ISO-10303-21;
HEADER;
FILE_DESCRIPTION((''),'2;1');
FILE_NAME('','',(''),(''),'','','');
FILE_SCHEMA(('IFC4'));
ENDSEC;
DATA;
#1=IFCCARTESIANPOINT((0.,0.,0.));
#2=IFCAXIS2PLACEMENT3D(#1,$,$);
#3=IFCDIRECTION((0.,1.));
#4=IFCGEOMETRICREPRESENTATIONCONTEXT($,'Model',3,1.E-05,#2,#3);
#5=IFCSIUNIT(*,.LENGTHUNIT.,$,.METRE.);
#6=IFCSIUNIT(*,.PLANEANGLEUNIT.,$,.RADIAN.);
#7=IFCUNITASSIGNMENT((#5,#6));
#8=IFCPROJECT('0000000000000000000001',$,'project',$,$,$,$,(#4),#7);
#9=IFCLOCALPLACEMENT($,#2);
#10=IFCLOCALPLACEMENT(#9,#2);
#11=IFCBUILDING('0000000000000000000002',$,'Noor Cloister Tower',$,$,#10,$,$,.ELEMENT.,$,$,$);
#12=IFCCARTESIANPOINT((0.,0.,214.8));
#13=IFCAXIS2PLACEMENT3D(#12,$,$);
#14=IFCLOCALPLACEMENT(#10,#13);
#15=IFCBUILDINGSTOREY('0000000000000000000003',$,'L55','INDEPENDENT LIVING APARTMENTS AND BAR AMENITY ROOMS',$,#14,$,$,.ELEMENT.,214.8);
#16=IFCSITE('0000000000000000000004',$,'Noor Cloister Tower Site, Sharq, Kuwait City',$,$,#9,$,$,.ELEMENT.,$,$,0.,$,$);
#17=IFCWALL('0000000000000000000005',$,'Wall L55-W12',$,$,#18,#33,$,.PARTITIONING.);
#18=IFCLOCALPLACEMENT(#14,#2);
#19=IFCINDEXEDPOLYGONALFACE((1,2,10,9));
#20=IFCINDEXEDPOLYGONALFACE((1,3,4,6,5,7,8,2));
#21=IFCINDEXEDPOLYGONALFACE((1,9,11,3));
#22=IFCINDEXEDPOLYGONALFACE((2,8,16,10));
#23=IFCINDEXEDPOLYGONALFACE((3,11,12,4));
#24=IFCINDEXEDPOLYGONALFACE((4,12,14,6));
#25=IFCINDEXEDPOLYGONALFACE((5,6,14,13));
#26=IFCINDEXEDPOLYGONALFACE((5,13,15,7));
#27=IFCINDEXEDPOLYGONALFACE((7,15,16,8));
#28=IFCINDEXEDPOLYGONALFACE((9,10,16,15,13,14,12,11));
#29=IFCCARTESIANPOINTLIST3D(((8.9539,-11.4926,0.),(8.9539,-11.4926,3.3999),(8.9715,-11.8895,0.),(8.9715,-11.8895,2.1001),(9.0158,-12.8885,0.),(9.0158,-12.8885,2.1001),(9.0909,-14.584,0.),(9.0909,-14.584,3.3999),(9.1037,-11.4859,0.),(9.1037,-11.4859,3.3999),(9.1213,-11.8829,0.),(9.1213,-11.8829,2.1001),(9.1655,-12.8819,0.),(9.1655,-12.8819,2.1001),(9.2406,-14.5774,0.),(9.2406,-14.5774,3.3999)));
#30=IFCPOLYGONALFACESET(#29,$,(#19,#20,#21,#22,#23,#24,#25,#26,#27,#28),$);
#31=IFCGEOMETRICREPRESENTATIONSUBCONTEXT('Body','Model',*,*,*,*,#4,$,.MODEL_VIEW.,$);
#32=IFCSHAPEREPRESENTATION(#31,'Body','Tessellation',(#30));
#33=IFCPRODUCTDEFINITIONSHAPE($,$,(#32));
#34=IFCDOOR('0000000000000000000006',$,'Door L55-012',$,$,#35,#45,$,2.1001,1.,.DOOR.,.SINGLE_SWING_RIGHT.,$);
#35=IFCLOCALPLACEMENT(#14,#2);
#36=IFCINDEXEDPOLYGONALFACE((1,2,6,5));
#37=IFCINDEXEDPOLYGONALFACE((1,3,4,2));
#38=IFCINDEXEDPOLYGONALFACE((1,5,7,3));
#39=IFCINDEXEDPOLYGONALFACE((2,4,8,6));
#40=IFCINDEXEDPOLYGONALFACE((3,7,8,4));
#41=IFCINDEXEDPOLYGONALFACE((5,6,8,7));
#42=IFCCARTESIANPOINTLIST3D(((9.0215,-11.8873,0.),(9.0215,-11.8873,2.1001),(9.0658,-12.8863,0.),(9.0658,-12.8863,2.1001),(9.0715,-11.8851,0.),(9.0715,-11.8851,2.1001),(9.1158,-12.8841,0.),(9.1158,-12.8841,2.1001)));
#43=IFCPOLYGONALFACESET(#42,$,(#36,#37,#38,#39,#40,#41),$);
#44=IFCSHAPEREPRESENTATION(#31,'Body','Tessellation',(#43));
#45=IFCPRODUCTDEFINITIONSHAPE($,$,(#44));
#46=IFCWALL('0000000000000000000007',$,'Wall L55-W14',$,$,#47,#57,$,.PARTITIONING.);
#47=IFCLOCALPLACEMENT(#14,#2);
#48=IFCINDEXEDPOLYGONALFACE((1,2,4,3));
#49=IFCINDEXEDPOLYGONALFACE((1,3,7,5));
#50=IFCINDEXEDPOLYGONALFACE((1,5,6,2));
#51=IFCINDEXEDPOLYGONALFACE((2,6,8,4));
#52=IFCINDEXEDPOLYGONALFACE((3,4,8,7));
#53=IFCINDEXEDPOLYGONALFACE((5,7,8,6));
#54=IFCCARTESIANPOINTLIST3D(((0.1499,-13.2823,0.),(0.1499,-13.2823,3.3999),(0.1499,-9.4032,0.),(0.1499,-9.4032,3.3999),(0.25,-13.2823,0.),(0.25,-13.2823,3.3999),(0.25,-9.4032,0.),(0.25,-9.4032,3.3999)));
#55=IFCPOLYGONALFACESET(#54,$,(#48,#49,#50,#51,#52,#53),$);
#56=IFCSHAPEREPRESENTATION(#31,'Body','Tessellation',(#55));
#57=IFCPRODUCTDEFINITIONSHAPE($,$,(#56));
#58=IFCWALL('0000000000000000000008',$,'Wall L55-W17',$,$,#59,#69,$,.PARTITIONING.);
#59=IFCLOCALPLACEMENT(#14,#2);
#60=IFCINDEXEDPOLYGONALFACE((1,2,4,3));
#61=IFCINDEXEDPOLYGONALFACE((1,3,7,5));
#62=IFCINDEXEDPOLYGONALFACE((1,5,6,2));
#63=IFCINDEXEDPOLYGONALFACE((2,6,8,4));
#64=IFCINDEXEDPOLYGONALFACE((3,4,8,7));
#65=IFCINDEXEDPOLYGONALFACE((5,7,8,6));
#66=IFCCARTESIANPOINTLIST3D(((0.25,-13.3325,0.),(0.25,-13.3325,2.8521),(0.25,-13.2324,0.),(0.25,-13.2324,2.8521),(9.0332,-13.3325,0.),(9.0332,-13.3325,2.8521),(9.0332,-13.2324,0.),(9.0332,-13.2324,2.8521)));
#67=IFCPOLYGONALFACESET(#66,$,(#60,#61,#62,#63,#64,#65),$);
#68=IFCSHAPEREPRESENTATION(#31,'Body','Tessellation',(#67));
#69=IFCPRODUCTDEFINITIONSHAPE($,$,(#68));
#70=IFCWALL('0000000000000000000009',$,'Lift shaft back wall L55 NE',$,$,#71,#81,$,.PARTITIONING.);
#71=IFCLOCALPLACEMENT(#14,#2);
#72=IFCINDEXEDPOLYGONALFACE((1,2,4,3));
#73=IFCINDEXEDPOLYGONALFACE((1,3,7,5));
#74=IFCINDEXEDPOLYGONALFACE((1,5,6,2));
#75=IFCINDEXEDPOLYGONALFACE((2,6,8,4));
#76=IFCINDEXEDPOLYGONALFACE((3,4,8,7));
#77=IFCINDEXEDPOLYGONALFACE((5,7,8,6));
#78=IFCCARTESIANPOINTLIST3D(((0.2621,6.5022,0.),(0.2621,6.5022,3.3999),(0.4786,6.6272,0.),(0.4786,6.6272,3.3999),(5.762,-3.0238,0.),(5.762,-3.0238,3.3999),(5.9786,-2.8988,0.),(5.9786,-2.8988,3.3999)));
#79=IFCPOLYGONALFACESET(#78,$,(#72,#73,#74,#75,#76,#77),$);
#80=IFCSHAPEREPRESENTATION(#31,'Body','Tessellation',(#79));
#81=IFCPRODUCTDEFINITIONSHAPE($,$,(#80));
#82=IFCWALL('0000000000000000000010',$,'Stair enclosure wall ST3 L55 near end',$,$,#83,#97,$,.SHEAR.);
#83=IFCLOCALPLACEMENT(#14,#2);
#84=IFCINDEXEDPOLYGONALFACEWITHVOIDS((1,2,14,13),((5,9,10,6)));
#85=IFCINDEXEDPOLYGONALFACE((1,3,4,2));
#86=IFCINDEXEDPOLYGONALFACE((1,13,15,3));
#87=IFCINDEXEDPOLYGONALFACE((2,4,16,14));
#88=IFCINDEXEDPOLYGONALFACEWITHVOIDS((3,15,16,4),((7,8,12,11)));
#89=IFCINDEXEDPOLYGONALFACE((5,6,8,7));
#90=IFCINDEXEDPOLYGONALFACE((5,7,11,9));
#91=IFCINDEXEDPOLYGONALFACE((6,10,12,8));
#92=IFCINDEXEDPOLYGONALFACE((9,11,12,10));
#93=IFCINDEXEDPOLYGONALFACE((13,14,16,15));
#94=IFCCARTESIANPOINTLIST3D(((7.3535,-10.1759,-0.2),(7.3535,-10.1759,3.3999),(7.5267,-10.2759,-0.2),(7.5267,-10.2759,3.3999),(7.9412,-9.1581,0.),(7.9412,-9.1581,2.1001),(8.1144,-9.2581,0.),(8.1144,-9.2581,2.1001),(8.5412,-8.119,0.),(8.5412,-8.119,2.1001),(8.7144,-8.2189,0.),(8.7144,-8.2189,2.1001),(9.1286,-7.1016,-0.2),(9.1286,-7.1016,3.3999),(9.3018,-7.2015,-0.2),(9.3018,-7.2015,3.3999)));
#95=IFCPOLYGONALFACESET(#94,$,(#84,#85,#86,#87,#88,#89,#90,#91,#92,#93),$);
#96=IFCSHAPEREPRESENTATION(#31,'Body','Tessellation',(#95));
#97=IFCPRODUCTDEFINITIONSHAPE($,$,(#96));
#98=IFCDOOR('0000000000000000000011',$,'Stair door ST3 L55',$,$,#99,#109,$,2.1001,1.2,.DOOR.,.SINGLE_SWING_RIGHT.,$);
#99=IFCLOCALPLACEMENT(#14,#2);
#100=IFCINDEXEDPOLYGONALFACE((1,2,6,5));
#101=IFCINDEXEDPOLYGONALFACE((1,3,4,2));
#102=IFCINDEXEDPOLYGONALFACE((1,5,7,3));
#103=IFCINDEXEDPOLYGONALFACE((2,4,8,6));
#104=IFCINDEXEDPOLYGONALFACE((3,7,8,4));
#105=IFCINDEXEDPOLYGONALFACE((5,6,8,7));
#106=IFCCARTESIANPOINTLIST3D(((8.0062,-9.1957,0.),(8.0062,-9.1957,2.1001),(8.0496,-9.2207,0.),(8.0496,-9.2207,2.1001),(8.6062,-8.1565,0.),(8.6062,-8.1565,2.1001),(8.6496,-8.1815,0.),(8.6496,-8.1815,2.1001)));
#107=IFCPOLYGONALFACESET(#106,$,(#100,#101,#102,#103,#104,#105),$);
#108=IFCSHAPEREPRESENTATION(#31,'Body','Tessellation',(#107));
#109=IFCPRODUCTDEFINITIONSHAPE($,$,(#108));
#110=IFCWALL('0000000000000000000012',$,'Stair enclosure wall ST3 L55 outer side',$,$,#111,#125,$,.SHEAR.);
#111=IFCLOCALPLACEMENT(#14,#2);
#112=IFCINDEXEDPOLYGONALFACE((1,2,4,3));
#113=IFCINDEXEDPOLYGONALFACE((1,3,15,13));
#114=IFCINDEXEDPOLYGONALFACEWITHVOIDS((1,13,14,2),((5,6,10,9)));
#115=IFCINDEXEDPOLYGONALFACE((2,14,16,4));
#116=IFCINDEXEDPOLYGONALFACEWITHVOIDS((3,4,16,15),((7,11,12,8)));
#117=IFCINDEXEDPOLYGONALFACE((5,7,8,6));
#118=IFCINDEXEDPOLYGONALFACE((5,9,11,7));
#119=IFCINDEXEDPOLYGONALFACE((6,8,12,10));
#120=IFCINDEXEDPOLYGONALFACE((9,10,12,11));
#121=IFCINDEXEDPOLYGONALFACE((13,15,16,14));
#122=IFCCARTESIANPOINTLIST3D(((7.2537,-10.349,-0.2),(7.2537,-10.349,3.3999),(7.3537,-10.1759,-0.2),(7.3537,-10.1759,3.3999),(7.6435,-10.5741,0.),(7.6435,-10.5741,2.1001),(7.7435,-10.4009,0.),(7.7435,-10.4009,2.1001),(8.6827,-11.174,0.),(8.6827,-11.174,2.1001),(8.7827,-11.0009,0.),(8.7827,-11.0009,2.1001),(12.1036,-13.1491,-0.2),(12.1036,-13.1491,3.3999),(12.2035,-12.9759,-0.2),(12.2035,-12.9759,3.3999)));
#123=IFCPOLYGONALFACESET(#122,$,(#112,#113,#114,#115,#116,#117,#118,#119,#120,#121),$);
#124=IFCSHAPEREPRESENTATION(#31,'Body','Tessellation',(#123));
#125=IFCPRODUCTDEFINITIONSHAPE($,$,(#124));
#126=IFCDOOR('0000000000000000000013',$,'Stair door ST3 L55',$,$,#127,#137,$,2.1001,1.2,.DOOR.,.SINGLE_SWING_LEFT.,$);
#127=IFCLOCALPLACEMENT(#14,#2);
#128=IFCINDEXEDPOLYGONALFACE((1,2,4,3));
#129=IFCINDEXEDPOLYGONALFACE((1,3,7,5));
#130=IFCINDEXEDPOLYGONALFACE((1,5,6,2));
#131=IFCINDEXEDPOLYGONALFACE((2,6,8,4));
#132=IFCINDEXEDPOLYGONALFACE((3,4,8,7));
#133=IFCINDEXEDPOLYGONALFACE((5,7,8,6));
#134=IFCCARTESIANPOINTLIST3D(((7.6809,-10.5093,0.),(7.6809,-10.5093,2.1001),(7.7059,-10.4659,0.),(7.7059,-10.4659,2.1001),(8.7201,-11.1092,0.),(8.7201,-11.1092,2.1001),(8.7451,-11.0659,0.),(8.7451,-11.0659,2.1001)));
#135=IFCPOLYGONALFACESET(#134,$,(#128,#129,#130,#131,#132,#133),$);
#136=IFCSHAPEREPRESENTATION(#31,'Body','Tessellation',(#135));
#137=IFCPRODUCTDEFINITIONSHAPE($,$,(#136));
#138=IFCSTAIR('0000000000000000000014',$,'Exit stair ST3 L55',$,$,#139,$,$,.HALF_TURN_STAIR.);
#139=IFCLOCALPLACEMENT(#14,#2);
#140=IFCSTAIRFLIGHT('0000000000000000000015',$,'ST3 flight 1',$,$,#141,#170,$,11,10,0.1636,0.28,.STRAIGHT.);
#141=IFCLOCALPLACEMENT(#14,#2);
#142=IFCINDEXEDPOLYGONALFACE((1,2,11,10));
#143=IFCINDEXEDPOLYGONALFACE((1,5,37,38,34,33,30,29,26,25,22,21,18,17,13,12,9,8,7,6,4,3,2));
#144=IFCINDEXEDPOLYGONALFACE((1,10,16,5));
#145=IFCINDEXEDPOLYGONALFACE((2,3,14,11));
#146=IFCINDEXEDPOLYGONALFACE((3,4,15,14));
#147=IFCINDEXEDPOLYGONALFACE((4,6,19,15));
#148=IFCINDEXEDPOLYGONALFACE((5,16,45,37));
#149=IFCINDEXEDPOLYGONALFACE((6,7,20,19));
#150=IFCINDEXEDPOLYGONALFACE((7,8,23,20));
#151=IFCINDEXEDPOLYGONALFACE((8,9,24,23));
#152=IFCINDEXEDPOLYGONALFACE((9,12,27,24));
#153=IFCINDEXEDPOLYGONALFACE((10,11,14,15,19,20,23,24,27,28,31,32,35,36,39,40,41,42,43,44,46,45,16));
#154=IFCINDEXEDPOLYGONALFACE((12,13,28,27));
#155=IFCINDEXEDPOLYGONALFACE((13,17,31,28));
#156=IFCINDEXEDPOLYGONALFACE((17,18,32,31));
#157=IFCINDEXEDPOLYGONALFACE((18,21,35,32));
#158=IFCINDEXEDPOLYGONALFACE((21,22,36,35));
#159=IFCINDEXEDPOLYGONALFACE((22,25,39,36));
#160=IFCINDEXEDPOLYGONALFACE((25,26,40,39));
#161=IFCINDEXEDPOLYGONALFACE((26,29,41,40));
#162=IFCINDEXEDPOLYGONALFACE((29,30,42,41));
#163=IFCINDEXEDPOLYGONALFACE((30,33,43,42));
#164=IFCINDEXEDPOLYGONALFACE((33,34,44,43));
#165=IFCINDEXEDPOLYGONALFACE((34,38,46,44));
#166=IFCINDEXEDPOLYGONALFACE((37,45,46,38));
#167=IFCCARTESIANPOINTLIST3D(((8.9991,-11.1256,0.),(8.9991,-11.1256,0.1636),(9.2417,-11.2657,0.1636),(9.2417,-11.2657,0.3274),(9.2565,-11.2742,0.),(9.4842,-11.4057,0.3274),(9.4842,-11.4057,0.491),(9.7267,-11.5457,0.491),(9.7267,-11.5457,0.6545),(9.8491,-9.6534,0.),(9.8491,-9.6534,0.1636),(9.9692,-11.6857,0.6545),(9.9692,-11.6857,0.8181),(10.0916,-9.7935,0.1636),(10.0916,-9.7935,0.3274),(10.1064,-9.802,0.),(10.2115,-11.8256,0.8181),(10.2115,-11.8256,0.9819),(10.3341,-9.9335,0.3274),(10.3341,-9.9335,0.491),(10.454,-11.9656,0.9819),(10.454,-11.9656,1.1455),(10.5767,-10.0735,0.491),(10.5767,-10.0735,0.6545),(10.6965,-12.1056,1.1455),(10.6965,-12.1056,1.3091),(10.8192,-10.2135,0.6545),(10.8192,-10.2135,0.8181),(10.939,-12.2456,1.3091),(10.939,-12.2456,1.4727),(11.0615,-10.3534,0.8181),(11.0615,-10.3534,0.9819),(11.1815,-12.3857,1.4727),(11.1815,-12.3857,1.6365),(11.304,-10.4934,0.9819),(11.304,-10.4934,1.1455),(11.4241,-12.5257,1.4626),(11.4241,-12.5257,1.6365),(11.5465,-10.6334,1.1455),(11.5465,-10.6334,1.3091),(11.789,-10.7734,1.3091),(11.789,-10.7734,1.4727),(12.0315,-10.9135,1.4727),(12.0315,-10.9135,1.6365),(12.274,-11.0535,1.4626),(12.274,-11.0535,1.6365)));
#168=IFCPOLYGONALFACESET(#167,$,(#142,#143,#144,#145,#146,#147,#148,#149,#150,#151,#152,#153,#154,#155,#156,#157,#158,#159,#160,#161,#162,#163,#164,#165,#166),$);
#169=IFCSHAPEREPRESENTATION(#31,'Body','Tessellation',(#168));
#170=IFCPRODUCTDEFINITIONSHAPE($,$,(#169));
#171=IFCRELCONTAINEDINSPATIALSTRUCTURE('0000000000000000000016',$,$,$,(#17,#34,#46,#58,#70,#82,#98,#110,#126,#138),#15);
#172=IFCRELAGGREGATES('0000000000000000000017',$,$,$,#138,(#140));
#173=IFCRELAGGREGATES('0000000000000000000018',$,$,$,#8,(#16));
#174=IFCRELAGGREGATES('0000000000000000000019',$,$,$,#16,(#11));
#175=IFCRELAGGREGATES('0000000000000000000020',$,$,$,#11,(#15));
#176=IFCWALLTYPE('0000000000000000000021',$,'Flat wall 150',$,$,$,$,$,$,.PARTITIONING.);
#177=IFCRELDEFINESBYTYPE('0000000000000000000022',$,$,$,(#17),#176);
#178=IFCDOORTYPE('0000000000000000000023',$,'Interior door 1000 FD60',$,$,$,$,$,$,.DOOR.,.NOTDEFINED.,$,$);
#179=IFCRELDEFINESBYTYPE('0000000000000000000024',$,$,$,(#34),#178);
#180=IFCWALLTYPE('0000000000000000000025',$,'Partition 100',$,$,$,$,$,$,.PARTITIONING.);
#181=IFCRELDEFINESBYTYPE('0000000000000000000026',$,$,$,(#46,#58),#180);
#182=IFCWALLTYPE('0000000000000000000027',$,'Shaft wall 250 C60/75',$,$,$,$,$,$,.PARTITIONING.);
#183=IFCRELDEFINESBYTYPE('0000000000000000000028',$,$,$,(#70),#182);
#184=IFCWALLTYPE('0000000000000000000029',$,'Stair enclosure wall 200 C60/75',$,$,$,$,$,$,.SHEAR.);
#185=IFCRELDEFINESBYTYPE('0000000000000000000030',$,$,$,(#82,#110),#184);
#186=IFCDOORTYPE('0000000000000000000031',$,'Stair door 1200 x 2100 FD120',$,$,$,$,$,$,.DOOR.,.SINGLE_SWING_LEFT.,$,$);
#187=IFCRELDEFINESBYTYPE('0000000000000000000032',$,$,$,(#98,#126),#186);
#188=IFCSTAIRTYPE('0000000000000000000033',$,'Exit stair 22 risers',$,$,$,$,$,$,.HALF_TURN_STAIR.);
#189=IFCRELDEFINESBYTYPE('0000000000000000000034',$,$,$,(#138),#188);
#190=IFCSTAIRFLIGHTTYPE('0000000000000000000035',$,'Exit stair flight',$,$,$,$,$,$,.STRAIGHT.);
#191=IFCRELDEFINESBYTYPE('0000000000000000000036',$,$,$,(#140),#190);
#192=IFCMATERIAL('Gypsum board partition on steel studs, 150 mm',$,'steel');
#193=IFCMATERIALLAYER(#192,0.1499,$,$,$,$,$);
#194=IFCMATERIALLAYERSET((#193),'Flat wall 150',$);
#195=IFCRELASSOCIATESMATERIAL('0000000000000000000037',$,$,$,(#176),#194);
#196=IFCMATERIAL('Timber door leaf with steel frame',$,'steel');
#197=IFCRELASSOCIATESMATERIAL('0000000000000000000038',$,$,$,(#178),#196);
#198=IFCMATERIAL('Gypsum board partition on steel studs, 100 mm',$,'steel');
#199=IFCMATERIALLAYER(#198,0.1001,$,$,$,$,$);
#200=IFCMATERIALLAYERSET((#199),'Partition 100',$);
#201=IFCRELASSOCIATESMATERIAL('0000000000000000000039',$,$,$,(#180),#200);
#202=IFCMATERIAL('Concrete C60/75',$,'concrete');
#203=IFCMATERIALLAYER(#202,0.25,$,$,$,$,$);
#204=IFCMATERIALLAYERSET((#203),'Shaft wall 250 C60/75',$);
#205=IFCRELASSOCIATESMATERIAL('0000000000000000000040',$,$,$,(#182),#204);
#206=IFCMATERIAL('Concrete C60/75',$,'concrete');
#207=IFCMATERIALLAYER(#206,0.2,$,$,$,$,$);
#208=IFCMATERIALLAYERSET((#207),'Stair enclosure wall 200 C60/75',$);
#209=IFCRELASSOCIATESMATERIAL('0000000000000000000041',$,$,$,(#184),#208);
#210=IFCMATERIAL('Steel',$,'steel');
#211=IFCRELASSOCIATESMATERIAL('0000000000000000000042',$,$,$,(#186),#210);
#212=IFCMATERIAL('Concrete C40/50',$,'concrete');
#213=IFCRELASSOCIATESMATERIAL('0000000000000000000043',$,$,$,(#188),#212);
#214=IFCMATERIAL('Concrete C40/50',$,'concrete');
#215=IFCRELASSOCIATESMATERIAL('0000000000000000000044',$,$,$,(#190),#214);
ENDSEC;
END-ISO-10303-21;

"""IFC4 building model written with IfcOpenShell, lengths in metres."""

from ifc_helpers import new_model, si_unit, direction, frame, frame_2d, origin, place, context, subcontext, project, spatial, polyline, rectangle, outline, extrude, material, layer, layer_set, type_object, element, fill, aggregate, save


model = new_model("IFC4")

# Units and contexts
model_context = context("Model", 3, precision=1e-05, world=origin(), true_north=direction((0.0, 1.0)))
body_context = subcontext(model_context, "Body", "Model", "MODEL_VIEW")
ifc_project = project(units=[si_unit("LENGTHUNIT", "METRE"), si_unit("PLANEANGLEUNIT", "RADIAN")], contexts=[model_context])

# Site, building, storey
site_placement = place(None, origin())
site = spatial("IfcSite", under=ifc_project, at=site_placement, Name="Noor Cloister Tower Site, Sharq, Kuwait City", CompositionType="ELEMENT", RefElevation=0.0)
building_placement = place(site_placement, origin())
building = spatial("IfcBuilding", under=site, at=building_placement, Name="Noor Cloister Tower", CompositionType="ELEMENT")
storey_placement = place(building_placement, frame((0.0, 0.0, 214.8)))
storey = spatial("IfcBuildingStorey", under=building, at=storey_placement, Name="L55", Description="INDEPENDENT LIVING APARTMENTS AND BAR AMENITY ROOMS", CompositionType="ELEMENT", Elevation=214.8)

# Wall, opening, door
ifc_material_1 = material(Name="Gypsum board partition on steel studs, 150 mm", Category="steel")
ifc_layer_1 = layer(ifc_material_1, 0.1499)
ifc_layer_set_1 = layer_set([ifc_layer_1], Name="Flat wall 150")
wall_type_1 = type_object("IfcWallType", Name="Flat wall 150", PredefinedType="PARTITIONING", material=ifc_layer_set_1)
wall_1_placement = place(storey_placement, frame((9.1658, -14.5808, 0.0), z_axis=(0.0, 0.0, 1.0), x_axis=(-0.044259, 0.99902, 0.0)))
wall_1 = element("IfcWall", 1, at=wall_1_placement, inside=storey, type_object=wall_type_1, Name="Wall L55-W12", PredefinedType="PARTITIONING", context=body_context, shape_type="SweptSolid", body=[
    extrude(rectangle(XDim=3.0945, YDim=0.1499, at=frame_2d((1.5474, 0.0))), origin(), (0.0, 0.0, 1.0), 3.3999),
])
opening_1_placement = place(wall_1_placement, frame((1.6973, 0.0, 0.0)))
opening_1 = element("IfcOpeningElement", 2, at=opening_1_placement, cuts=wall_1, PredefinedType="OPENING", context=body_context, shape_type="SweptSolid", body=[
    extrude(rectangle(XDim=1.0, YDim=2.1001, at=frame_2d((0.5, 1.05))), frame((0.0, 0.085, 0.0), z_axis=(0.0, -1.0, 0.0), x_axis=(1.0, 0.0, 0.0)), (0.0, 0.0, 1.0), 0.1699),
])
ifc_material_2 = material(Name="Timber door leaf with steel frame", Category="steel")
door_type_1 = type_object("IfcDoorType", Name="Interior door 1000 FD60", OperationType="NOTDEFINED", PredefinedType="DOOR", material=ifc_material_2)
door_1_placement = place(opening_1_placement, origin())
door_1 = element("IfcDoor", 3, at=door_1_placement, inside=storey, type_object=door_type_1, Name="Door L55-012", OperationType="SINGLE_SWING_RIGHT", OverallHeight=2.1001, OverallWidth=1.0, PredefinedType="DOOR", context=body_context, shape_type="SweptSolid", body=[
    extrude(rectangle(XDim=1.0, YDim=2.1001, at=frame_2d((0.5, 1.05))), frame((0.0, 0.0249, 0.0), z_axis=(0.0, -1.0, 0.0), x_axis=(1.0, 0.0, 0.0)), (0.0, 0.0, 1.0), 0.05),
])
fill(opening_1, door_1)

# Walls
ifc_material_3 = material(Name="Gypsum board partition on steel studs, 100 mm", Category="steel")
ifc_layer_2 = layer(ifc_material_3, 0.1001)
ifc_layer_set_2 = layer_set([ifc_layer_2], Name="Partition 100")
wall_type_2 = type_object("IfcWallType", Name="Partition 100", PredefinedType="PARTITIONING", material=ifc_layer_set_2)
wall_2_placement = place(storey_placement, frame((0.2, -9.4033, 0.0), z_axis=(0.0, 0.0, 1.0), x_axis=(0.0, -1.0, 0.0)))
element("IfcWall", 4, at=wall_2_placement, inside=storey, type_object=wall_type_2, Name="Wall L55-W14", PredefinedType="PARTITIONING", context=body_context, shape_type="SweptSolid", body=[
    extrude(rectangle(XDim=3.8792, YDim=0.1001, at=frame_2d((1.9395, 0.0))), origin(), (0.0, 0.0, 1.0), 3.3999),
])
wall_3_placement = place(storey_placement, frame((0.25, -13.2825, 0.0), z_axis=(0.0, 0.0, 1.0), x_axis=(1.0, 0.0, 0.0)))
element("IfcWall", 5, at=wall_3_placement, inside=storey, type_object=wall_type_2, Name="Wall L55-W17", PredefinedType="PARTITIONING", context=body_context, shape_type="SweptSolid", body=[
    extrude(rectangle(XDim=8.7832, YDim=0.1001, at=frame_2d((4.3916, 0.0))), origin(), (0.0, 0.0, 1.0), 2.8521),
])
ifc_material_4 = material(Name="Concrete C60/75", Category="concrete")
ifc_layer_3 = layer(ifc_material_4, 0.25)
ifc_layer_set_3 = layer_set([ifc_layer_3], Name="Shaft wall 250 C60/75")
wall_type_3 = type_object("IfcWallType", Name="Shaft wall 250 C60/75", PredefinedType="PARTITIONING", material=ifc_layer_set_3)
wall_4_placement = place(storey_placement, frame((5.8704, -2.9614, 0.0), z_axis=(0.0, 0.0, 1.0), x_axis=(-0.500006, 0.866022, 0.0)))
element("IfcWall", 6, at=wall_4_placement, inside=storey, type_object=wall_type_3, Name="Lift shaft back wall L55 NE", PredefinedType="PARTITIONING", context=body_context, shape_type="SweptSolid", body=[
    extrude(rectangle(XDim=10.9998, YDim=0.25, at=frame_2d((5.5, 0.0))), origin(), (0.0, 0.0, 1.0), 3.3999),
])

# Walls, openings, doors
ifc_material_5 = material(Name="Concrete C60/75", Category="concrete")
ifc_layer_4 = layer(ifc_material_5, 0.2)
ifc_layer_set_4 = layer_set([ifc_layer_4], Name="Stair enclosure wall 200 C60/75")
wall_type_4 = type_object("IfcWallType", Name="Stair enclosure wall 200 C60/75", PredefinedType="SHEAR", material=ifc_layer_set_4)
wall_5_placement = place(storey_placement, frame((7.4402, -10.2258, -0.2), z_axis=(0.0, 0.0, 1.0), x_axis=(0.500022, 0.866013, 0.0)))
wall_5 = element("IfcWall", 7, at=wall_5_placement, inside=storey, type_object=wall_type_4, Name="Stair enclosure wall ST3 L55 near end", PredefinedType="SHEAR", context=body_context, shape_type="SweptSolid", body=[
    extrude(rectangle(XDim=3.55, YDim=0.2, at=frame_2d((1.7749, 0.0))), origin(), (0.0, 0.0, 1.0), 3.5999),
])
opening_2_placement = place(wall_5_placement, frame((1.175, 0.0, 0.2)))
opening_2 = element("IfcOpeningElement", 8, at=opening_2_placement, cuts=wall_5, PredefinedType="OPENING", context=body_context, shape_type="SweptSolid", body=[
    extrude(rectangle(XDim=1.2, YDim=2.1001, at=frame_2d((0.6001, 1.05))), frame((0.0, 0.1099, 0.0), z_axis=(0.0, -1.0, 0.0), x_axis=(1.0, 0.0, 0.0)), (0.0, 0.0, 1.0), 0.22),
])
ifc_material_6 = material(Name="Steel", Category="steel")
door_type_2 = type_object("IfcDoorType", Name="Stair door 1200 x 2100 FD120", OperationType="SINGLE_SWING_LEFT", PredefinedType="DOOR", material=ifc_material_6)
door_2_placement = place(opening_2_placement, origin())
door_2 = element("IfcDoor", 9, at=door_2_placement, inside=storey, type_object=door_type_2, Name="Stair door ST3 L55", OperationType="SINGLE_SWING_RIGHT", OverallHeight=2.1001, OverallWidth=1.2, PredefinedType="DOOR", context=body_context, shape_type="SweptSolid", body=[
    extrude(rectangle(XDim=1.2, YDim=2.1001, at=frame_2d((0.6001, 1.05))), frame((0.0, 0.0249, 0.0), z_axis=(0.0, -1.0, 0.0), x_axis=(1.0, 0.0, 0.0)), (0.0, 0.0, 1.0), 0.05),
])
fill(opening_2, door_2)
wall_6_placement = place(storey_placement, frame((7.3037, -10.2625, -0.2), z_axis=(0.0, 0.0, 1.0), x_axis=(0.866027, -0.499998, 0.0)))
wall_6 = element("IfcWall", 10, at=wall_6_placement, inside=storey, type_object=wall_type_4, Name="Stair enclosure wall ST3 L55 outer side", PredefinedType="SHEAR", context=body_context, shape_type="SweptSolid", body=[
    extrude(rectangle(XDim=5.6001, YDim=0.2, at=frame_2d((2.8, 0.0))), origin(), (0.0, 0.0, 1.0), 3.5999),
])
opening_3_placement = place(wall_6_placement, frame((0.45, 0.0, 0.2)))
opening_3 = element("IfcOpeningElement", 11, at=opening_3_placement, cuts=wall_6, PredefinedType="OPENING", context=body_context, shape_type="SweptSolid", body=[
    extrude(rectangle(XDim=1.2, YDim=2.1001, at=frame_2d((0.6001, 1.05))), frame((0.0, 0.1099, 0.0), z_axis=(0.0, -1.0, 0.0), x_axis=(1.0, 0.0, 0.0)), (0.0, 0.0, 1.0), 0.22),
])
door_3_placement = place(opening_3_placement, origin())
door_3 = element("IfcDoor", 12, at=door_3_placement, inside=storey, type_object=door_type_2, Name="Stair door ST3 L55", OperationType="SINGLE_SWING_LEFT", OverallHeight=2.1001, OverallWidth=1.2, PredefinedType="DOOR", context=body_context, shape_type="SweptSolid", body=[
    extrude(rectangle(XDim=1.2, YDim=2.1001, at=frame_2d((0.6001, 1.05))), frame((0.0, 0.0249, 0.0), z_axis=(0.0, -1.0, 0.0), x_axis=(1.0, 0.0, 0.0)), (0.0, 0.0, 1.0), 0.05),
])
fill(opening_3, door_3)

# Stair, stair flight
ifc_material_7 = material(Name="Concrete C40/50", Category="concrete")
stair_type = type_object("IfcStairType", Name="Exit stair 22 risers", PredefinedType="HALF_TURN_STAIR", material=ifc_material_7)
stair_placement = place(storey_placement, origin())
stair = element("IfcStair", 13, at=stair_placement, inside=storey, type_object=stair_type, Name="Exit stair ST3 L55", PredefinedType="HALF_TURN_STAIR")
ifc_material_8 = material(Name="Concrete C40/50", Category="concrete")
stair_flight_type = type_object("IfcStairFlightType", Name="Exit stair flight", PredefinedType="STRAIGHT", material=ifc_material_8)
stair_flight_placement = place(storey_placement, frame((9.4241, -10.3896, 0.0), z_axis=(0.0, 0.0, 1.0), x_axis=(0.866025, -0.5, 0.0)))
stair_flight = element("IfcStairFlight", 14, at=stair_flight_placement, type_object=stair_flight_type, Name="ST3 flight 1", NumberOfRisers=11, NumberOfTreads=10, PredefinedType="STRAIGHT", RiserHeight=0.1636, TreadLength=0.28, context=body_context, shape_type="SweptSolid", body=[
    extrude(outline(polyline([(0.0, 0.0), (0.0, 0.1636), (0.28, 0.1636), (0.28, 0.3274), (0.5601, 0.3274), (0.5601, 0.491), (0.8401, 0.491), (0.8401, 0.6545), (1.1201, 0.6545), (1.1201, 0.8181), (1.3999, 0.8181), (1.3999, 0.9819), (1.6799, 0.9819), (1.6799, 1.1455), (1.96, 1.1455), (1.96, 1.3091), (2.24, 1.3091), (2.24, 1.4727), (2.52, 1.4727), (2.52, 1.6365), (2.8, 1.6365), (2.8, 1.8), (2.8, 1.4626), (0.2971, 0.0), (0.0, 0.0)])), frame((0.0, 0.8501, 0.0), z_axis=(0.0, -1.0, 0.0), x_axis=(1.0, 0.0, 0.0)), (0.0, 0.0, 1.0), 1.7),
])
aggregate(stair, [stair_flight])

save(model, "model.ifc")
